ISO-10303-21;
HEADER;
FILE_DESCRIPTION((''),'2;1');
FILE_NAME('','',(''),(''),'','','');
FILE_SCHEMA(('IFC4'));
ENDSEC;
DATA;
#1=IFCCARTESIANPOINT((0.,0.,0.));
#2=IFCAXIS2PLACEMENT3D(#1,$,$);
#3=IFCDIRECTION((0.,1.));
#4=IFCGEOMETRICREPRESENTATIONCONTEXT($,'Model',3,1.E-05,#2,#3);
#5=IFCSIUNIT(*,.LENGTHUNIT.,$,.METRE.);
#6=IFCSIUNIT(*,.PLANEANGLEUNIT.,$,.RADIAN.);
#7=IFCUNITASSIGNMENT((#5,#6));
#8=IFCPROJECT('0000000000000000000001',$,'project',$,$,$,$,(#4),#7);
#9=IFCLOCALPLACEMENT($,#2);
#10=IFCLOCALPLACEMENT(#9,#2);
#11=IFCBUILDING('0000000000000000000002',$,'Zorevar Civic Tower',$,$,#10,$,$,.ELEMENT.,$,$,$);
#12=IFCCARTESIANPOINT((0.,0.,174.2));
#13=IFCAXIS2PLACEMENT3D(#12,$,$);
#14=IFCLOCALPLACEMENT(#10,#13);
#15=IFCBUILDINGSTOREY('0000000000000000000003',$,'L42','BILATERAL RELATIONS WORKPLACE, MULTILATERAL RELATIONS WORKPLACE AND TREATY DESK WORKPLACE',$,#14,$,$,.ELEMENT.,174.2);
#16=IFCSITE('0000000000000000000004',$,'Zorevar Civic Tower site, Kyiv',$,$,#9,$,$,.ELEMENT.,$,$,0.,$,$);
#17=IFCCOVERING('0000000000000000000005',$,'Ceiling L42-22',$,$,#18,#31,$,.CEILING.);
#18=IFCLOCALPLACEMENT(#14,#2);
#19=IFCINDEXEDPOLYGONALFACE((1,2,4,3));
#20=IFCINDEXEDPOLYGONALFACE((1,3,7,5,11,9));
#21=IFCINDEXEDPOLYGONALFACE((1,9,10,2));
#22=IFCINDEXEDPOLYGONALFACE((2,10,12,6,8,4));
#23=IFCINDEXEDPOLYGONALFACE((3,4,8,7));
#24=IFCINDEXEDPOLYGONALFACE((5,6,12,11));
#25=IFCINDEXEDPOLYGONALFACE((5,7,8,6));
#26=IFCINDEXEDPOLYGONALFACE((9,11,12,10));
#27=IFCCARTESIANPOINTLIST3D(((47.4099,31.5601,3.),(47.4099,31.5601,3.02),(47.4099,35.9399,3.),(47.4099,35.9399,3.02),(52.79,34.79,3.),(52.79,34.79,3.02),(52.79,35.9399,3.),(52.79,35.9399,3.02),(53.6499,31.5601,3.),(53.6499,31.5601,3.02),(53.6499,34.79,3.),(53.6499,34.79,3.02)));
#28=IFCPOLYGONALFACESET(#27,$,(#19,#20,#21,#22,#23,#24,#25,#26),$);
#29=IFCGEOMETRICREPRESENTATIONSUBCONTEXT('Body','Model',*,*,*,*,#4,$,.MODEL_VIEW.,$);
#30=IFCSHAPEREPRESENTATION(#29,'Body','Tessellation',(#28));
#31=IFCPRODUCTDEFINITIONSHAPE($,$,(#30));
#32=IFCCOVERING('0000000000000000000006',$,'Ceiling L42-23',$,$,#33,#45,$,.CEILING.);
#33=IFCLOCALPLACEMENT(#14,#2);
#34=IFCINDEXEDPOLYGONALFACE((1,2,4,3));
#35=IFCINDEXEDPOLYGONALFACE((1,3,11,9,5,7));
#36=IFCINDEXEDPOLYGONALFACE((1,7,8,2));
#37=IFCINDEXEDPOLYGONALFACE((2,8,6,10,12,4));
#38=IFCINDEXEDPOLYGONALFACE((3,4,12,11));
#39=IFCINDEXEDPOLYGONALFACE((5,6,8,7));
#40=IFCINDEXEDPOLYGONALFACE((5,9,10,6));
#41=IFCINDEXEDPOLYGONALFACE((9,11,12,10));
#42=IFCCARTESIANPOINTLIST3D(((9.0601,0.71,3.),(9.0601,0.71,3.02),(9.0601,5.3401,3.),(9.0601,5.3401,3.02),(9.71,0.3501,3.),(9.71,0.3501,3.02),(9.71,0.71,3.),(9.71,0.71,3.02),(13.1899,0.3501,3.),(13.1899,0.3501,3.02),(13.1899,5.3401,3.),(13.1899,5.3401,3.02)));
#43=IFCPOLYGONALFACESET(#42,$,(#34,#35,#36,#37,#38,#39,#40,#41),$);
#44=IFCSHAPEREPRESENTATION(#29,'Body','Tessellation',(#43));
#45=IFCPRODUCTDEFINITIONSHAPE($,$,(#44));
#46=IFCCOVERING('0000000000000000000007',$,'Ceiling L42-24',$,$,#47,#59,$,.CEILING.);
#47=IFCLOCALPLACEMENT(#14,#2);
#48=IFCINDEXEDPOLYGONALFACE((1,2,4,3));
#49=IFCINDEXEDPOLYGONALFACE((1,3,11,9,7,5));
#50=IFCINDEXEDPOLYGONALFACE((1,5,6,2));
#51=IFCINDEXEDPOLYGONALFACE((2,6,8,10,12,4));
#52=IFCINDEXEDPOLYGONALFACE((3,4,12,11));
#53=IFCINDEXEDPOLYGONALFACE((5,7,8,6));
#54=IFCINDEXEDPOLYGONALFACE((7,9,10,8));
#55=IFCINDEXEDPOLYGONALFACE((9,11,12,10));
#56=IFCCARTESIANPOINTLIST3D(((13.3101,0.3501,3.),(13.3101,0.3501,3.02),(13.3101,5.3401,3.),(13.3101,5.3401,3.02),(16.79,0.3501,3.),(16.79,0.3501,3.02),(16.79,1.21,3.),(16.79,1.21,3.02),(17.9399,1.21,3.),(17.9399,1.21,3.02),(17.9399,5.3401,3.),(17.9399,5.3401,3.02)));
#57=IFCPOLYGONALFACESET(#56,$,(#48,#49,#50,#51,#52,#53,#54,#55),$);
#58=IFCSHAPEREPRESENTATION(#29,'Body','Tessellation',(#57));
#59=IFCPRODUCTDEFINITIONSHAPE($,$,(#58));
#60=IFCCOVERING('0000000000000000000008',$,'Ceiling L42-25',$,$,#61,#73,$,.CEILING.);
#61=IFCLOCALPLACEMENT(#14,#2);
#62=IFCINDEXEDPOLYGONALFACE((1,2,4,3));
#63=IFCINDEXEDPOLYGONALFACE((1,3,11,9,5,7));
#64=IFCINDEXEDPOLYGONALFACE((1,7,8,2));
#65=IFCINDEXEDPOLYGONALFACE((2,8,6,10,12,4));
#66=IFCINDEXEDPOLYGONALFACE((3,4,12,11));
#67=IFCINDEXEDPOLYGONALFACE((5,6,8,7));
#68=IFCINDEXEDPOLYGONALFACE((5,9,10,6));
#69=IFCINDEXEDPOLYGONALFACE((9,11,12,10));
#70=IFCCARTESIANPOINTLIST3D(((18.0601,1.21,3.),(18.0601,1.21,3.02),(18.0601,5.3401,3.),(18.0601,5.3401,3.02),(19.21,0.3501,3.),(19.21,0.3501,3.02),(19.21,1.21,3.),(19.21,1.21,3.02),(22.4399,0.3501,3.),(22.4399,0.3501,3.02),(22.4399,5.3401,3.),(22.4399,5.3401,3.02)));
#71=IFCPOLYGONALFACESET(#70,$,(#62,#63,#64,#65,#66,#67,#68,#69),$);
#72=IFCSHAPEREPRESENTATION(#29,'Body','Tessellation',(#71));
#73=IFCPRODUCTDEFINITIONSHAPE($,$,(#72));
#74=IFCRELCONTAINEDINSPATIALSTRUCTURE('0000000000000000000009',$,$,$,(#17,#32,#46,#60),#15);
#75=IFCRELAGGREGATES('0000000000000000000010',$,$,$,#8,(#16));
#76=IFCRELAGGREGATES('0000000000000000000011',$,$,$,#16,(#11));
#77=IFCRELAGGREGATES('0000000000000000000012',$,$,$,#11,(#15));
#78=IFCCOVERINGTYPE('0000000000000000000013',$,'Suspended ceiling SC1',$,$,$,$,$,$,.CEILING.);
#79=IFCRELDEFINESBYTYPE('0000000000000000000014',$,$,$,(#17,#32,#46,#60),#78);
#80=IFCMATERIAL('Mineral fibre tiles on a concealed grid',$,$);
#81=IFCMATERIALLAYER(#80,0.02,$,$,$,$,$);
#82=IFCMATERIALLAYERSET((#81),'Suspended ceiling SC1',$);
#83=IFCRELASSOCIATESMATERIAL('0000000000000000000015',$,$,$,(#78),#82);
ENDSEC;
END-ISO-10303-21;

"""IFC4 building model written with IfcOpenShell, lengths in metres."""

from ifc_helpers import new_model, si_unit, direction, frame, origin, place, context, subcontext, project, spatial, polyline, outline, extrude, material, layer, layer_set, type_object, element, save


model = new_model("IFC4")

# Units and contexts
model_context = context("Model", 3, precision=1e-05, world=origin(), true_north=direction((0.0, 1.0)))
body_context = subcontext(model_context, "Body", "Model", "MODEL_VIEW")
ifc_project = project(units=[si_unit("LENGTHUNIT", "METRE"), si_unit("PLANEANGLEUNIT", "RADIAN")], contexts=[model_context])

# Site, building, storey
site_placement = place(None, origin())
site = spatial("IfcSite", under=ifc_project, at=site_placement, Name="Zorevar Civic Tower site, Kyiv", CompositionType="ELEMENT", RefElevation=0.0)
building_placement = place(site_placement, origin())
building = spatial("IfcBuilding", under=site, at=building_placement, Name="Zorevar Civic Tower", CompositionType="ELEMENT")
storey_placement = place(building_placement, frame((0.0, 0.0, 174.2)))
storey = spatial("IfcBuildingStorey", under=building, at=storey_placement, Name="L42", Description="BILATERAL RELATIONS WORKPLACE, MULTILATERAL RELATIONS WORKPLACE AND TREATY DESK WORKPLACE", CompositionType="ELEMENT", Elevation=174.2)

# Coverings
ifc_material_1 = material(Name="Mineral fibre tiles on a concealed grid")
ifc_layer_1 = layer(ifc_material_1, 0.02)
ifc_layer_set_1 = layer_set([ifc_layer_1], Name="Suspended ceiling SC1")
covering_type_1 = type_object("IfcCoveringType", Name="Suspended ceiling SC1", PredefinedType="CEILING", material=ifc_layer_set_1)
covering_1_placement = place(storey_placement, frame((0.0, 0.0, 3.0)))
element("IfcCovering", 1, at=covering_1_placement, inside=storey, type_object=covering_type_1, Name="Ceiling L42-22", PredefinedType="CEILING", context=body_context, shape_type="SweptSolid", body=[
    extrude(outline(polyline([(47.4099, 35.9399), (52.79, 35.9399), (52.79, 34.79), (53.6499, 34.79), (53.6499, 31.5601), (47.4099, 31.5601), (47.4099, 35.9399)])), origin(), (0.0, 0.0, 1.0), 0.02),
])
covering_2_placement = place(storey_placement, frame((0.0, 0.0, 3.0)))
element("IfcCovering", 2, at=covering_2_placement, inside=storey, type_object=covering_type_1, Name="Ceiling L42-23", PredefinedType="CEILING", context=body_context, shape_type="SweptSolid", body=[
    extrude(outline(polyline([(13.1899, 5.3401), (13.1899, 0.3501), (9.71, 0.3501), (9.71, 0.71), (9.0601, 0.71), (9.0601, 5.3401), (13.1899, 5.3401)])), origin(), (0.0, 0.0, 1.0), 0.02),
])
covering_3_placement = place(storey_placement, frame((0.0, 0.0, 3.0)))
element("IfcCovering", 3, at=covering_3_placement, inside=storey, type_object=covering_type_1, Name="Ceiling L42-24", PredefinedType="CEILING", context=body_context, shape_type="SweptSolid", body=[
    extrude(outline(polyline([(17.9399, 5.3401), (17.9399, 1.21), (16.79, 1.21), (16.79, 0.3501), (13.3101, 0.3501), (13.3101, 5.3401), (17.9399, 5.3401)])), origin(), (0.0, 0.0, 1.0), 0.02),
])
covering_4_placement = place(storey_placement, frame((0.0, 0.0, 3.0)))
element("IfcCovering", 4, at=covering_4_placement, inside=storey, type_object=covering_type_1, Name="Ceiling L42-25", PredefinedType="CEILING", context=body_context, shape_type="SweptSolid", body=[
    extrude(outline(polyline([(22.4399, 5.3401), (22.4399, 0.3501), (19.21, 0.3501), (19.21, 1.21), (18.0601, 1.21), (18.0601, 5.3401), (22.4399, 5.3401)])), origin(), (0.0, 0.0, 1.0), 0.02),
])

save(model, "model.ifc")
